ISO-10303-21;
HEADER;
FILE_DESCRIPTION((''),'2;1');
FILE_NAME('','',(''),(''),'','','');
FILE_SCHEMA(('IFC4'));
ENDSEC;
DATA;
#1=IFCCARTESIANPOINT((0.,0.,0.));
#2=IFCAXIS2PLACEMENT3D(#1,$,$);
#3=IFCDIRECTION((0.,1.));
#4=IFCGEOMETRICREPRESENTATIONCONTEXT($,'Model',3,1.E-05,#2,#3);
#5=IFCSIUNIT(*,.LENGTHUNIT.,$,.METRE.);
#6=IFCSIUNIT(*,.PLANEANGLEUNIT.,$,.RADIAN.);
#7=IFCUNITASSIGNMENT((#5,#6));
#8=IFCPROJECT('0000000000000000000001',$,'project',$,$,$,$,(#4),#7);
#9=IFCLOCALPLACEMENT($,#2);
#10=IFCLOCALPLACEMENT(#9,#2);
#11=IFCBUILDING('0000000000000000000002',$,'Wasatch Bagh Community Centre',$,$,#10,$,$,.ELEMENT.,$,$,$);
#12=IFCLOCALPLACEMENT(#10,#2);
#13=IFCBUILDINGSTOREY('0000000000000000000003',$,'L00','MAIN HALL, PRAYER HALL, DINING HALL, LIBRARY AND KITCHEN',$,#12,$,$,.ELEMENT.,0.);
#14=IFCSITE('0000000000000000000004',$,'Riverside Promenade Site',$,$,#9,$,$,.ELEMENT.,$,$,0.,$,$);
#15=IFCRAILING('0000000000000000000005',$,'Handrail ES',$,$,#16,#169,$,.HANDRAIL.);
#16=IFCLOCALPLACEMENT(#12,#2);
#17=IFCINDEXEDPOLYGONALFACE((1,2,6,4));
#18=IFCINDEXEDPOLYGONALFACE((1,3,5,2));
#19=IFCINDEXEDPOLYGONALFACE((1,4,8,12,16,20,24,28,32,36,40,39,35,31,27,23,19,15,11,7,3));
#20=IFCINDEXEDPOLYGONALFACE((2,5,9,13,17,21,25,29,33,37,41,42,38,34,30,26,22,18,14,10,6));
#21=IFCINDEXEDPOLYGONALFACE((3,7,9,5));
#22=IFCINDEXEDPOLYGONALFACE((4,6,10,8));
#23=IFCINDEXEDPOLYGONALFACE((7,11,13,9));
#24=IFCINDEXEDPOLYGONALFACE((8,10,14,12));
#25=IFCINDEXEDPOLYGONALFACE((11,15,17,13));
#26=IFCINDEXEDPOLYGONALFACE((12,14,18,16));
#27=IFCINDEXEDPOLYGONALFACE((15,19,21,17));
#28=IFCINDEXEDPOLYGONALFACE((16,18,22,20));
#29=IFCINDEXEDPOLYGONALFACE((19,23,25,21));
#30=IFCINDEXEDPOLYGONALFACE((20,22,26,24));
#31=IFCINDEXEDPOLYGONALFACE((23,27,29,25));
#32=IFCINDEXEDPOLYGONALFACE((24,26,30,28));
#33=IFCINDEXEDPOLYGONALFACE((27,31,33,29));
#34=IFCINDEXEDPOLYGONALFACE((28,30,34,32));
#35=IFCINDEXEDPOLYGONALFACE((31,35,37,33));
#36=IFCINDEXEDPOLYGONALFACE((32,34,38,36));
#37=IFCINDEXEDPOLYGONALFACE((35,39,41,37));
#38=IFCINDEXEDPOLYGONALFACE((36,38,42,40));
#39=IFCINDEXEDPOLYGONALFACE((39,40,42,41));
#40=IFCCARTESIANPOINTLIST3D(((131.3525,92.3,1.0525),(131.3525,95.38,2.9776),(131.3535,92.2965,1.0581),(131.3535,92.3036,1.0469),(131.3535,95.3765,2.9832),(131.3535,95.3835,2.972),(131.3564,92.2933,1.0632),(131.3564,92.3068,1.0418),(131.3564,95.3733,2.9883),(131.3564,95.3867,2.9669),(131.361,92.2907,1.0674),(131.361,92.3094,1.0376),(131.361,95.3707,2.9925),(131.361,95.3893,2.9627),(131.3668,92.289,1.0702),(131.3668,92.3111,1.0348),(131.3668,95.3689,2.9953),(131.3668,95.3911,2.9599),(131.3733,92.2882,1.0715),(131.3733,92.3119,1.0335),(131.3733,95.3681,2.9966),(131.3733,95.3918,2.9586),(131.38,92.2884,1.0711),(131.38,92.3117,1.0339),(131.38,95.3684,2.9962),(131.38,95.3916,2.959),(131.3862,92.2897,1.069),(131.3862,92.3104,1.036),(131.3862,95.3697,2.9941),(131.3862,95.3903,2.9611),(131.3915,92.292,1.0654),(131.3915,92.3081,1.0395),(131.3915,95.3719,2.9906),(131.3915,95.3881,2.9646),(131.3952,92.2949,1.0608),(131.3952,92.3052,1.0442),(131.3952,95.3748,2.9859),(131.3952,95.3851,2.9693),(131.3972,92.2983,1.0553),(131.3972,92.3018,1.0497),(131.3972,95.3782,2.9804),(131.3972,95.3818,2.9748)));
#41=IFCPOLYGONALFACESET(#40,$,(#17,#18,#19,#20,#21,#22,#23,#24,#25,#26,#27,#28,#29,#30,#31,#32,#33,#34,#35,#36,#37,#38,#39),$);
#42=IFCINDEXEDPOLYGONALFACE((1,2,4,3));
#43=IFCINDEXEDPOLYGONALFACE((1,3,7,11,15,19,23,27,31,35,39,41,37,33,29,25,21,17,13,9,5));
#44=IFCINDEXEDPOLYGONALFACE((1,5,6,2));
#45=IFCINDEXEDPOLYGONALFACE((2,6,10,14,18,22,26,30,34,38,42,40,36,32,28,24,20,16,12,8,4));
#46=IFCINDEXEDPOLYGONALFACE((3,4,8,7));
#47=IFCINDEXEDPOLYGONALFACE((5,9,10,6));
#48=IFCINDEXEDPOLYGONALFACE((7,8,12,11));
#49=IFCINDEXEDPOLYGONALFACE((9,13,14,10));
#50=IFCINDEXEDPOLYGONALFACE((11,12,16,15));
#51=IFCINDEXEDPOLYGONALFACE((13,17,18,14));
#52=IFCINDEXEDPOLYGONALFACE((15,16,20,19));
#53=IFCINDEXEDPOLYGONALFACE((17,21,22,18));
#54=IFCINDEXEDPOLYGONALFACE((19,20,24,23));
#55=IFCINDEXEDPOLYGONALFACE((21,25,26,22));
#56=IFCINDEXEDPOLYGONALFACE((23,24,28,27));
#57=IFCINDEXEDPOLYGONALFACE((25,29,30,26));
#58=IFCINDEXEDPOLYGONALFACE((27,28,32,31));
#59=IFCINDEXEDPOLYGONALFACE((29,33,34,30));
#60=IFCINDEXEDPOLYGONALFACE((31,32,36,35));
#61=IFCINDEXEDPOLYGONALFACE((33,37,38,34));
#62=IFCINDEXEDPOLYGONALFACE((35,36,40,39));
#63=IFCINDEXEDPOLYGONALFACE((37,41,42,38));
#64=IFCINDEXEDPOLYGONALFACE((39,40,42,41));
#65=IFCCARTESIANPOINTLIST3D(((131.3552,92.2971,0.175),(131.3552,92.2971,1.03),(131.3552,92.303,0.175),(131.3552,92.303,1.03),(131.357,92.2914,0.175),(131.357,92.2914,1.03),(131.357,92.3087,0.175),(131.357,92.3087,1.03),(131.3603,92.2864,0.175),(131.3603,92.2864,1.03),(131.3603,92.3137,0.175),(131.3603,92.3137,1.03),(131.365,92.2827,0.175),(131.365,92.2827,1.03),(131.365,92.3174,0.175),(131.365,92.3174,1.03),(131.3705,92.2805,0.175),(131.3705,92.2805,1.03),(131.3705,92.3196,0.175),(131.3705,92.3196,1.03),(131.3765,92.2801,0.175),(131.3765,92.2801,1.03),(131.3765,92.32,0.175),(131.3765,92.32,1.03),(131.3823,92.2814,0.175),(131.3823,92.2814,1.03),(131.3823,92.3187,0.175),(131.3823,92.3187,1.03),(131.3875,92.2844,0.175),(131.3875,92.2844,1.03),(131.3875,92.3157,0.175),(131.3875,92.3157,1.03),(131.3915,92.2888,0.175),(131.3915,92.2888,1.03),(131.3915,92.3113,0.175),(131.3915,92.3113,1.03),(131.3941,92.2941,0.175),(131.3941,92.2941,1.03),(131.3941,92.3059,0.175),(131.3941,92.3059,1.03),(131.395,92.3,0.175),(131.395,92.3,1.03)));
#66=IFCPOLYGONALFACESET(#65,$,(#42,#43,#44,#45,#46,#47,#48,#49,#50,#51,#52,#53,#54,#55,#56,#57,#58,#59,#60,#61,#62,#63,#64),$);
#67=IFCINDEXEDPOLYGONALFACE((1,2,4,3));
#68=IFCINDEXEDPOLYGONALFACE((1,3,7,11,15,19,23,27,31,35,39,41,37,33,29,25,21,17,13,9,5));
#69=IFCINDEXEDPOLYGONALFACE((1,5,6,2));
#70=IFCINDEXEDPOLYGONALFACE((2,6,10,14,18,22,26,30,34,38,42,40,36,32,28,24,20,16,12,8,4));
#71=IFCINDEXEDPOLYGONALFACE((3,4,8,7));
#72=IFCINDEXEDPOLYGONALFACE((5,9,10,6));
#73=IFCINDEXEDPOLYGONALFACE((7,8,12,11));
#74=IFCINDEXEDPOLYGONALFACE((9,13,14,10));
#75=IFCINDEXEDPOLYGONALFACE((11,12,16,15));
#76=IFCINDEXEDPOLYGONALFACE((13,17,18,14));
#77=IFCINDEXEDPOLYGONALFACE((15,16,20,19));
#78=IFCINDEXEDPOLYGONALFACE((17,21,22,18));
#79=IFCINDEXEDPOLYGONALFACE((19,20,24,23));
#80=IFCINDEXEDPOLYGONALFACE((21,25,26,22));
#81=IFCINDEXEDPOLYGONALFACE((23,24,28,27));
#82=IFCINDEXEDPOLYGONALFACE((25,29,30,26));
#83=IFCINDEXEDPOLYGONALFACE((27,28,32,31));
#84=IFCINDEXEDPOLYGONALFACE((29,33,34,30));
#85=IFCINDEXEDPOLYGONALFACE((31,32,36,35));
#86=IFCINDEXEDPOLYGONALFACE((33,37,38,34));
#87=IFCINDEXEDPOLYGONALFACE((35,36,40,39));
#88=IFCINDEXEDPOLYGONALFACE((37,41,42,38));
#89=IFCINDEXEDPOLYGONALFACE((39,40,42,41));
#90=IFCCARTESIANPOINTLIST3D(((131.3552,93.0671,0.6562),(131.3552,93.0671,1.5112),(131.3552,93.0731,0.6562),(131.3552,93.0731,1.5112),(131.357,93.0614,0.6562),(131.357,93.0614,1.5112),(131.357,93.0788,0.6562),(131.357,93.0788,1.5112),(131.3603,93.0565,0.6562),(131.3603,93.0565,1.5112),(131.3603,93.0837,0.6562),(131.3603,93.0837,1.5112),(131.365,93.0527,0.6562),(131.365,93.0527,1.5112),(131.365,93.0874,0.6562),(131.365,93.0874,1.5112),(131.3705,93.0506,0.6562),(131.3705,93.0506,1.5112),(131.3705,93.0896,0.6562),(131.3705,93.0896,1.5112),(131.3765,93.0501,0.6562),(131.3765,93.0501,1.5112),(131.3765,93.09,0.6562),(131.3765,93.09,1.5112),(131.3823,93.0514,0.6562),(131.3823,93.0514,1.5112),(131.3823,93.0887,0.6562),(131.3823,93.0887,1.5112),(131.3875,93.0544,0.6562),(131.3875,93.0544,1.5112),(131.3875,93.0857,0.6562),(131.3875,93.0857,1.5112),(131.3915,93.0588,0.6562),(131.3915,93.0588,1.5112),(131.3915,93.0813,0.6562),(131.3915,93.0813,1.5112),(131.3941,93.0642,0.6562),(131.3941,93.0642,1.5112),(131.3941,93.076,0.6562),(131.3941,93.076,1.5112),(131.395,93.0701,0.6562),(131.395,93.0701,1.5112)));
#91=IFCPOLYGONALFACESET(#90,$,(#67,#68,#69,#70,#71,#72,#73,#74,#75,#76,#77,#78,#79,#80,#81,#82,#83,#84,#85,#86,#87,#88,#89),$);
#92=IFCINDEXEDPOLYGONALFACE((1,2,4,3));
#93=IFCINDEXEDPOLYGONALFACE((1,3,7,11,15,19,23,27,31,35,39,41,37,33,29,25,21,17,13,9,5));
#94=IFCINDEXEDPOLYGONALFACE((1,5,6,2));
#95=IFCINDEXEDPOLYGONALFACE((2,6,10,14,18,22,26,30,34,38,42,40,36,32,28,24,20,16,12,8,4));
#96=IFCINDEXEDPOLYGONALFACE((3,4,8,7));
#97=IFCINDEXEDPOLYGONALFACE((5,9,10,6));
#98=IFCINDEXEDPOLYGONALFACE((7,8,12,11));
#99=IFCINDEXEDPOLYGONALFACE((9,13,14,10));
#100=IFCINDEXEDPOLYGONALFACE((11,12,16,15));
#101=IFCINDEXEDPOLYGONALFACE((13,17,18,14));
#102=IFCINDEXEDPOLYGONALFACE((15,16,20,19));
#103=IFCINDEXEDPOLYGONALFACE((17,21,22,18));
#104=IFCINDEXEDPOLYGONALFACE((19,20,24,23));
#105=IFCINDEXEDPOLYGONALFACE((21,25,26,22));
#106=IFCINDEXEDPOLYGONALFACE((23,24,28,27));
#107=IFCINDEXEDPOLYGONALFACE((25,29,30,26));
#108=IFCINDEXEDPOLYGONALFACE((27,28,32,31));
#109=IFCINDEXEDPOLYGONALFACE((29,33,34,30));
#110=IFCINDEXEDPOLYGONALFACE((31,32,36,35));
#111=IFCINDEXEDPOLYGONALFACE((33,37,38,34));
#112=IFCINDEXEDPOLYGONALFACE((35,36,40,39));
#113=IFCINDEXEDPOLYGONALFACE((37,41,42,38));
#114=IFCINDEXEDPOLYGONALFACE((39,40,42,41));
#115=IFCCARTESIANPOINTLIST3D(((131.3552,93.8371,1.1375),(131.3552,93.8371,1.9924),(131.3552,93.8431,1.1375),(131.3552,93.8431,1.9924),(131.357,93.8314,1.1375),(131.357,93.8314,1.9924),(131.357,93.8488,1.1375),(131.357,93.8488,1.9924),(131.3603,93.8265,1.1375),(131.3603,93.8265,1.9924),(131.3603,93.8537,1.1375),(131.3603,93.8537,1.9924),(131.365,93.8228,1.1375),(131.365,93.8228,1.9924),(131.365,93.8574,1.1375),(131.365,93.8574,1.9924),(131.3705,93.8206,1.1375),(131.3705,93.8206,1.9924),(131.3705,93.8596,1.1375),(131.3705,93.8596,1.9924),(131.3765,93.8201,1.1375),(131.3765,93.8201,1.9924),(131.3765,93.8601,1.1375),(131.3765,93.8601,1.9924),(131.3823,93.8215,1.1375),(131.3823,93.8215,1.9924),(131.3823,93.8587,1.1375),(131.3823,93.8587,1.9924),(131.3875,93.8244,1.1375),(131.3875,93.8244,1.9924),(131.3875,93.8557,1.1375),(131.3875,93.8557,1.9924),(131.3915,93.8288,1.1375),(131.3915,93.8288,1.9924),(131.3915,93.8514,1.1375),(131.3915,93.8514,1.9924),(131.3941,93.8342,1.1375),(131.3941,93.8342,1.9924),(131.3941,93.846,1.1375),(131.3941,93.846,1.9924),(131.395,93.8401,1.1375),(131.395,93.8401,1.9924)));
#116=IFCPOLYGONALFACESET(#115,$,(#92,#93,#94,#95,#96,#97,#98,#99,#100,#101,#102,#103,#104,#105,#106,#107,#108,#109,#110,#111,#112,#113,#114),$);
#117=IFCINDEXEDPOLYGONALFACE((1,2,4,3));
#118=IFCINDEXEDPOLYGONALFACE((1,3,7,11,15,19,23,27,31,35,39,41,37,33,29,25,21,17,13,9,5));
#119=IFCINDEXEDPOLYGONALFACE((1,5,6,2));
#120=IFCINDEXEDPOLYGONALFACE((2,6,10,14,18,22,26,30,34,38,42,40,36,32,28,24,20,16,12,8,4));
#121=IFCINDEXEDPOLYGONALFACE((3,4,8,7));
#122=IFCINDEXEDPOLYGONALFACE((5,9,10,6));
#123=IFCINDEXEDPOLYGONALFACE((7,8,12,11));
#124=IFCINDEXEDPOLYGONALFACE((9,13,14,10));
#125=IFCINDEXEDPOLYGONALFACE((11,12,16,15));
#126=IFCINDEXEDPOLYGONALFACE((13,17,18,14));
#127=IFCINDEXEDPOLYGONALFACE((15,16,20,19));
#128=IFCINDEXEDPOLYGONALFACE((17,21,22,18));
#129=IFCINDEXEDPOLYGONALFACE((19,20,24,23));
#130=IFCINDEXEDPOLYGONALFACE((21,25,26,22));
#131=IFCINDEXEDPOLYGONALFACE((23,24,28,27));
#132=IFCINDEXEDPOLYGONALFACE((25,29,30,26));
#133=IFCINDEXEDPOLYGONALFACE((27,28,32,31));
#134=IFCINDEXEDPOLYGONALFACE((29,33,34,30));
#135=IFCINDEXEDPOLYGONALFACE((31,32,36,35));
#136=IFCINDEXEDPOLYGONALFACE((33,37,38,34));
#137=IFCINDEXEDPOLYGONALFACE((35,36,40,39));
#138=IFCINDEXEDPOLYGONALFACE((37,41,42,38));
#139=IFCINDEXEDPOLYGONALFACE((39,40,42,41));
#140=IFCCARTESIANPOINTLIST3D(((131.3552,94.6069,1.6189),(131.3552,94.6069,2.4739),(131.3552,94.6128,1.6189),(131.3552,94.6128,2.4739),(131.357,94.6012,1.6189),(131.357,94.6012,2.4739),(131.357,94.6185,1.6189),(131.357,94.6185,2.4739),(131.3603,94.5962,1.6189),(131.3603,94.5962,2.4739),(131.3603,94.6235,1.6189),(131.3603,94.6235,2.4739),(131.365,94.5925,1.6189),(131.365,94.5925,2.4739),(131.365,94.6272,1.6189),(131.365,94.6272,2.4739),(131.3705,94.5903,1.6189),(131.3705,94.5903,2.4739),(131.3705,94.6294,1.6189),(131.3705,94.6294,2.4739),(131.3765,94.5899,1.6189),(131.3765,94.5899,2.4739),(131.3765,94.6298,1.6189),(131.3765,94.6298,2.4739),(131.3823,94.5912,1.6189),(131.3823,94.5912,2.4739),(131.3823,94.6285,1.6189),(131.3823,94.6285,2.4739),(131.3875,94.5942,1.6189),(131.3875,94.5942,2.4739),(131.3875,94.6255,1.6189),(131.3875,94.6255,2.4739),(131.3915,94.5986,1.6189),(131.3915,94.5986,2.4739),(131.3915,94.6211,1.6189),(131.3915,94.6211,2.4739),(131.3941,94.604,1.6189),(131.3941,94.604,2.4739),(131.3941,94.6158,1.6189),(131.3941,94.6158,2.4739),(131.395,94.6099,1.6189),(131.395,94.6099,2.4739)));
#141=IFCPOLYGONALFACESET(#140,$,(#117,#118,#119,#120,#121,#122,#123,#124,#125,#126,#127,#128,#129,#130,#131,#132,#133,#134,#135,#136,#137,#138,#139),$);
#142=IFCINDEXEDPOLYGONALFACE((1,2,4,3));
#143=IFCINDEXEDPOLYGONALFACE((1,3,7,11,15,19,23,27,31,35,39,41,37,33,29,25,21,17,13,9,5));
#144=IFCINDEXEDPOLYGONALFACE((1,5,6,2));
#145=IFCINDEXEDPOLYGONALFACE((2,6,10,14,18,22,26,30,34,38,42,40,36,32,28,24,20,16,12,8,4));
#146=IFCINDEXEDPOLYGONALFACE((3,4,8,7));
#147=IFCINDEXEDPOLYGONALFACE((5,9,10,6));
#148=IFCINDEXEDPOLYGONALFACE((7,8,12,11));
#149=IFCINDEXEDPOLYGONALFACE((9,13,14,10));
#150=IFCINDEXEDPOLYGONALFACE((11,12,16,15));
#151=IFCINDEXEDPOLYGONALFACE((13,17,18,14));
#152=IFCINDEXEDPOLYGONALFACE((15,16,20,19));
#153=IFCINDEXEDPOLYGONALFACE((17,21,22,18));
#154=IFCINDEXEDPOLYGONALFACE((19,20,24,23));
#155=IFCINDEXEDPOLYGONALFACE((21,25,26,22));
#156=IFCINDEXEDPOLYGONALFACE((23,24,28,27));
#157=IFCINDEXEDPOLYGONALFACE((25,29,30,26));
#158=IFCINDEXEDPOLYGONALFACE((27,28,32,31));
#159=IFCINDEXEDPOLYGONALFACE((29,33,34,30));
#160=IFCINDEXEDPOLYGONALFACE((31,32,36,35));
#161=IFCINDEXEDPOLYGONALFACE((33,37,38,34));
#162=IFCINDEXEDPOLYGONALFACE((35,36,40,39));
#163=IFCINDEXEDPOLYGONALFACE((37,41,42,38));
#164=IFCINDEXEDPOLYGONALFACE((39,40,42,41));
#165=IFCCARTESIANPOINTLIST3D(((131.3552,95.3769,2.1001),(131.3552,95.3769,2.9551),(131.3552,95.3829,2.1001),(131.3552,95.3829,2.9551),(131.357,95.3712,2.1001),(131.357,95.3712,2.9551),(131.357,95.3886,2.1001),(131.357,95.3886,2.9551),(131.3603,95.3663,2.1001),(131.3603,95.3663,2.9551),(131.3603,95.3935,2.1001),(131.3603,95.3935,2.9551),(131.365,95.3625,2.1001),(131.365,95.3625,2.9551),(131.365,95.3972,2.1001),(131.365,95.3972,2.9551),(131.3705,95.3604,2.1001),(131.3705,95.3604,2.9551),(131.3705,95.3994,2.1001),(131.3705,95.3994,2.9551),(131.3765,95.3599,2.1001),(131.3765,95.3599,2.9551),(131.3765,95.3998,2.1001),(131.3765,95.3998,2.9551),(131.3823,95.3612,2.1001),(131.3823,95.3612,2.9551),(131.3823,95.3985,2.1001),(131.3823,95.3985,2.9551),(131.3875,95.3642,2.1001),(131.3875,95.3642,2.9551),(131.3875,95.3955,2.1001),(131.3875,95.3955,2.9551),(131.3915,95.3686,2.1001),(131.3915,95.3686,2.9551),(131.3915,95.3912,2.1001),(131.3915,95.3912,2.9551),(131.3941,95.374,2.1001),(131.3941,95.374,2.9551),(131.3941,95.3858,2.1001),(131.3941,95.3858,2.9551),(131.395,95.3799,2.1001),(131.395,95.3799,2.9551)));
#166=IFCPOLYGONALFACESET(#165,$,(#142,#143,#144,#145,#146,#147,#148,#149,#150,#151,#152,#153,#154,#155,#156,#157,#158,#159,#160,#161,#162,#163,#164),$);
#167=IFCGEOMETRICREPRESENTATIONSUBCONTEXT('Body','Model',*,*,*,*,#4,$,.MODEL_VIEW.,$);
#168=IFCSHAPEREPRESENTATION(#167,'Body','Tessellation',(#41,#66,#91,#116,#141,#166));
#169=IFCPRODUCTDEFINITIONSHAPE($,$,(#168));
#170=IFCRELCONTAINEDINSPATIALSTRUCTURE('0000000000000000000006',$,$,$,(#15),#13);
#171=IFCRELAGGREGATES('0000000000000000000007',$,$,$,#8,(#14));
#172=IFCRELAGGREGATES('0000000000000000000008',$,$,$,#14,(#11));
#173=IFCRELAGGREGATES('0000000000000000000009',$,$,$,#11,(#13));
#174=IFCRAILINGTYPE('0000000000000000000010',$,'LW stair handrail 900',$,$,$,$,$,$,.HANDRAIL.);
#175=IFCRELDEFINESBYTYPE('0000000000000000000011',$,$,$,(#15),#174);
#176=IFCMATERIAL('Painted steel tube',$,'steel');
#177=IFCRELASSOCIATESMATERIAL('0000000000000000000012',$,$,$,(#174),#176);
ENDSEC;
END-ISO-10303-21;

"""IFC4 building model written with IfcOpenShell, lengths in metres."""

from ifc_helpers import new_model, si_unit, direction, frame, origin, origin_2d, place, context, subcontext, project, spatial, circle, extrude, material, type_object, element, save


model = new_model("IFC4")

# Units and contexts
model_context = context("Model", 3, precision=1e-05, world=origin(), true_north=direction((0.0, 1.0)))
body_context = subcontext(model_context, "Body", "Model", "MODEL_VIEW")
ifc_project = project(units=[si_unit("LENGTHUNIT", "METRE"), si_unit("PLANEANGLEUNIT", "RADIAN")], contexts=[model_context])

# Site, building, storey
site_placement = place(None, origin())
site = spatial("IfcSite", under=ifc_project, at=site_placement, Name="Riverside Promenade Site", CompositionType="ELEMENT", RefElevation=0.0)
building_placement = place(site_placement, origin())
building = spatial("IfcBuilding", under=site, at=building_placement, Name="Wasatch Bagh Community Centre", CompositionType="ELEMENT")
storey_placement = place(building_placement, origin())
storey = spatial("IfcBuildingStorey", under=building, at=storey_placement, Name="L00", Description="MAIN HALL, PRAYER HALL, DINING HALL, LIBRARY AND KITCHEN", CompositionType="ELEMENT", Elevation=0.0)

# Railing
ifc_material_1 = material(Name="Painted steel tube", Category="steel")
railing_type_1 = type_object("IfcRailingType", Name="LW stair handrail 900", PredefinedType="HANDRAIL", material=ifc_material_1)
for number, where, name in (
    (1, (131.375, 92.3, 0.175), "Handrail ES"),
):
    element("IfcRailing", number, at=place(storey_placement, frame(where)), inside=storey, type_object=railing_type_1, Name=name, PredefinedType="HANDRAIL", context=body_context, shape_type="SweptSolid", body=[
        extrude(circle(Radius=0.0225, at=origin_2d()), frame((0.0, 0.0, 0.8774), z_axis=(0.0, 0.847979, 0.530029), x_axis=(-1.0, 0.0, 0.0)), (0.0, 0.0, 1.0), 3.6321),
        extrude(circle(Radius=0.02, at=origin_2d()), origin(), (0.0, 0.0, 1.0), 0.855),
        extrude(circle(Radius=0.02, at=origin_2d()), frame((0.0, 0.77, 0.4812)), (0.0, 0.0, 1.0), 0.855),
        extrude(circle(Radius=0.02, at=origin_2d()), frame((0.0, 1.54, 0.9624)), (0.0, 0.0, 1.0), 0.855),
        extrude(circle(Radius=0.02, at=origin_2d()), frame((0.0, 2.3098, 1.4438)), (0.0, 0.0, 1.0), 0.855),
        extrude(circle(Radius=0.02, at=origin_2d()), frame((0.0, 3.0798, 1.925)), (0.0, 0.0, 1.0), 0.855),
    ])

save(model, "model.ifc")
